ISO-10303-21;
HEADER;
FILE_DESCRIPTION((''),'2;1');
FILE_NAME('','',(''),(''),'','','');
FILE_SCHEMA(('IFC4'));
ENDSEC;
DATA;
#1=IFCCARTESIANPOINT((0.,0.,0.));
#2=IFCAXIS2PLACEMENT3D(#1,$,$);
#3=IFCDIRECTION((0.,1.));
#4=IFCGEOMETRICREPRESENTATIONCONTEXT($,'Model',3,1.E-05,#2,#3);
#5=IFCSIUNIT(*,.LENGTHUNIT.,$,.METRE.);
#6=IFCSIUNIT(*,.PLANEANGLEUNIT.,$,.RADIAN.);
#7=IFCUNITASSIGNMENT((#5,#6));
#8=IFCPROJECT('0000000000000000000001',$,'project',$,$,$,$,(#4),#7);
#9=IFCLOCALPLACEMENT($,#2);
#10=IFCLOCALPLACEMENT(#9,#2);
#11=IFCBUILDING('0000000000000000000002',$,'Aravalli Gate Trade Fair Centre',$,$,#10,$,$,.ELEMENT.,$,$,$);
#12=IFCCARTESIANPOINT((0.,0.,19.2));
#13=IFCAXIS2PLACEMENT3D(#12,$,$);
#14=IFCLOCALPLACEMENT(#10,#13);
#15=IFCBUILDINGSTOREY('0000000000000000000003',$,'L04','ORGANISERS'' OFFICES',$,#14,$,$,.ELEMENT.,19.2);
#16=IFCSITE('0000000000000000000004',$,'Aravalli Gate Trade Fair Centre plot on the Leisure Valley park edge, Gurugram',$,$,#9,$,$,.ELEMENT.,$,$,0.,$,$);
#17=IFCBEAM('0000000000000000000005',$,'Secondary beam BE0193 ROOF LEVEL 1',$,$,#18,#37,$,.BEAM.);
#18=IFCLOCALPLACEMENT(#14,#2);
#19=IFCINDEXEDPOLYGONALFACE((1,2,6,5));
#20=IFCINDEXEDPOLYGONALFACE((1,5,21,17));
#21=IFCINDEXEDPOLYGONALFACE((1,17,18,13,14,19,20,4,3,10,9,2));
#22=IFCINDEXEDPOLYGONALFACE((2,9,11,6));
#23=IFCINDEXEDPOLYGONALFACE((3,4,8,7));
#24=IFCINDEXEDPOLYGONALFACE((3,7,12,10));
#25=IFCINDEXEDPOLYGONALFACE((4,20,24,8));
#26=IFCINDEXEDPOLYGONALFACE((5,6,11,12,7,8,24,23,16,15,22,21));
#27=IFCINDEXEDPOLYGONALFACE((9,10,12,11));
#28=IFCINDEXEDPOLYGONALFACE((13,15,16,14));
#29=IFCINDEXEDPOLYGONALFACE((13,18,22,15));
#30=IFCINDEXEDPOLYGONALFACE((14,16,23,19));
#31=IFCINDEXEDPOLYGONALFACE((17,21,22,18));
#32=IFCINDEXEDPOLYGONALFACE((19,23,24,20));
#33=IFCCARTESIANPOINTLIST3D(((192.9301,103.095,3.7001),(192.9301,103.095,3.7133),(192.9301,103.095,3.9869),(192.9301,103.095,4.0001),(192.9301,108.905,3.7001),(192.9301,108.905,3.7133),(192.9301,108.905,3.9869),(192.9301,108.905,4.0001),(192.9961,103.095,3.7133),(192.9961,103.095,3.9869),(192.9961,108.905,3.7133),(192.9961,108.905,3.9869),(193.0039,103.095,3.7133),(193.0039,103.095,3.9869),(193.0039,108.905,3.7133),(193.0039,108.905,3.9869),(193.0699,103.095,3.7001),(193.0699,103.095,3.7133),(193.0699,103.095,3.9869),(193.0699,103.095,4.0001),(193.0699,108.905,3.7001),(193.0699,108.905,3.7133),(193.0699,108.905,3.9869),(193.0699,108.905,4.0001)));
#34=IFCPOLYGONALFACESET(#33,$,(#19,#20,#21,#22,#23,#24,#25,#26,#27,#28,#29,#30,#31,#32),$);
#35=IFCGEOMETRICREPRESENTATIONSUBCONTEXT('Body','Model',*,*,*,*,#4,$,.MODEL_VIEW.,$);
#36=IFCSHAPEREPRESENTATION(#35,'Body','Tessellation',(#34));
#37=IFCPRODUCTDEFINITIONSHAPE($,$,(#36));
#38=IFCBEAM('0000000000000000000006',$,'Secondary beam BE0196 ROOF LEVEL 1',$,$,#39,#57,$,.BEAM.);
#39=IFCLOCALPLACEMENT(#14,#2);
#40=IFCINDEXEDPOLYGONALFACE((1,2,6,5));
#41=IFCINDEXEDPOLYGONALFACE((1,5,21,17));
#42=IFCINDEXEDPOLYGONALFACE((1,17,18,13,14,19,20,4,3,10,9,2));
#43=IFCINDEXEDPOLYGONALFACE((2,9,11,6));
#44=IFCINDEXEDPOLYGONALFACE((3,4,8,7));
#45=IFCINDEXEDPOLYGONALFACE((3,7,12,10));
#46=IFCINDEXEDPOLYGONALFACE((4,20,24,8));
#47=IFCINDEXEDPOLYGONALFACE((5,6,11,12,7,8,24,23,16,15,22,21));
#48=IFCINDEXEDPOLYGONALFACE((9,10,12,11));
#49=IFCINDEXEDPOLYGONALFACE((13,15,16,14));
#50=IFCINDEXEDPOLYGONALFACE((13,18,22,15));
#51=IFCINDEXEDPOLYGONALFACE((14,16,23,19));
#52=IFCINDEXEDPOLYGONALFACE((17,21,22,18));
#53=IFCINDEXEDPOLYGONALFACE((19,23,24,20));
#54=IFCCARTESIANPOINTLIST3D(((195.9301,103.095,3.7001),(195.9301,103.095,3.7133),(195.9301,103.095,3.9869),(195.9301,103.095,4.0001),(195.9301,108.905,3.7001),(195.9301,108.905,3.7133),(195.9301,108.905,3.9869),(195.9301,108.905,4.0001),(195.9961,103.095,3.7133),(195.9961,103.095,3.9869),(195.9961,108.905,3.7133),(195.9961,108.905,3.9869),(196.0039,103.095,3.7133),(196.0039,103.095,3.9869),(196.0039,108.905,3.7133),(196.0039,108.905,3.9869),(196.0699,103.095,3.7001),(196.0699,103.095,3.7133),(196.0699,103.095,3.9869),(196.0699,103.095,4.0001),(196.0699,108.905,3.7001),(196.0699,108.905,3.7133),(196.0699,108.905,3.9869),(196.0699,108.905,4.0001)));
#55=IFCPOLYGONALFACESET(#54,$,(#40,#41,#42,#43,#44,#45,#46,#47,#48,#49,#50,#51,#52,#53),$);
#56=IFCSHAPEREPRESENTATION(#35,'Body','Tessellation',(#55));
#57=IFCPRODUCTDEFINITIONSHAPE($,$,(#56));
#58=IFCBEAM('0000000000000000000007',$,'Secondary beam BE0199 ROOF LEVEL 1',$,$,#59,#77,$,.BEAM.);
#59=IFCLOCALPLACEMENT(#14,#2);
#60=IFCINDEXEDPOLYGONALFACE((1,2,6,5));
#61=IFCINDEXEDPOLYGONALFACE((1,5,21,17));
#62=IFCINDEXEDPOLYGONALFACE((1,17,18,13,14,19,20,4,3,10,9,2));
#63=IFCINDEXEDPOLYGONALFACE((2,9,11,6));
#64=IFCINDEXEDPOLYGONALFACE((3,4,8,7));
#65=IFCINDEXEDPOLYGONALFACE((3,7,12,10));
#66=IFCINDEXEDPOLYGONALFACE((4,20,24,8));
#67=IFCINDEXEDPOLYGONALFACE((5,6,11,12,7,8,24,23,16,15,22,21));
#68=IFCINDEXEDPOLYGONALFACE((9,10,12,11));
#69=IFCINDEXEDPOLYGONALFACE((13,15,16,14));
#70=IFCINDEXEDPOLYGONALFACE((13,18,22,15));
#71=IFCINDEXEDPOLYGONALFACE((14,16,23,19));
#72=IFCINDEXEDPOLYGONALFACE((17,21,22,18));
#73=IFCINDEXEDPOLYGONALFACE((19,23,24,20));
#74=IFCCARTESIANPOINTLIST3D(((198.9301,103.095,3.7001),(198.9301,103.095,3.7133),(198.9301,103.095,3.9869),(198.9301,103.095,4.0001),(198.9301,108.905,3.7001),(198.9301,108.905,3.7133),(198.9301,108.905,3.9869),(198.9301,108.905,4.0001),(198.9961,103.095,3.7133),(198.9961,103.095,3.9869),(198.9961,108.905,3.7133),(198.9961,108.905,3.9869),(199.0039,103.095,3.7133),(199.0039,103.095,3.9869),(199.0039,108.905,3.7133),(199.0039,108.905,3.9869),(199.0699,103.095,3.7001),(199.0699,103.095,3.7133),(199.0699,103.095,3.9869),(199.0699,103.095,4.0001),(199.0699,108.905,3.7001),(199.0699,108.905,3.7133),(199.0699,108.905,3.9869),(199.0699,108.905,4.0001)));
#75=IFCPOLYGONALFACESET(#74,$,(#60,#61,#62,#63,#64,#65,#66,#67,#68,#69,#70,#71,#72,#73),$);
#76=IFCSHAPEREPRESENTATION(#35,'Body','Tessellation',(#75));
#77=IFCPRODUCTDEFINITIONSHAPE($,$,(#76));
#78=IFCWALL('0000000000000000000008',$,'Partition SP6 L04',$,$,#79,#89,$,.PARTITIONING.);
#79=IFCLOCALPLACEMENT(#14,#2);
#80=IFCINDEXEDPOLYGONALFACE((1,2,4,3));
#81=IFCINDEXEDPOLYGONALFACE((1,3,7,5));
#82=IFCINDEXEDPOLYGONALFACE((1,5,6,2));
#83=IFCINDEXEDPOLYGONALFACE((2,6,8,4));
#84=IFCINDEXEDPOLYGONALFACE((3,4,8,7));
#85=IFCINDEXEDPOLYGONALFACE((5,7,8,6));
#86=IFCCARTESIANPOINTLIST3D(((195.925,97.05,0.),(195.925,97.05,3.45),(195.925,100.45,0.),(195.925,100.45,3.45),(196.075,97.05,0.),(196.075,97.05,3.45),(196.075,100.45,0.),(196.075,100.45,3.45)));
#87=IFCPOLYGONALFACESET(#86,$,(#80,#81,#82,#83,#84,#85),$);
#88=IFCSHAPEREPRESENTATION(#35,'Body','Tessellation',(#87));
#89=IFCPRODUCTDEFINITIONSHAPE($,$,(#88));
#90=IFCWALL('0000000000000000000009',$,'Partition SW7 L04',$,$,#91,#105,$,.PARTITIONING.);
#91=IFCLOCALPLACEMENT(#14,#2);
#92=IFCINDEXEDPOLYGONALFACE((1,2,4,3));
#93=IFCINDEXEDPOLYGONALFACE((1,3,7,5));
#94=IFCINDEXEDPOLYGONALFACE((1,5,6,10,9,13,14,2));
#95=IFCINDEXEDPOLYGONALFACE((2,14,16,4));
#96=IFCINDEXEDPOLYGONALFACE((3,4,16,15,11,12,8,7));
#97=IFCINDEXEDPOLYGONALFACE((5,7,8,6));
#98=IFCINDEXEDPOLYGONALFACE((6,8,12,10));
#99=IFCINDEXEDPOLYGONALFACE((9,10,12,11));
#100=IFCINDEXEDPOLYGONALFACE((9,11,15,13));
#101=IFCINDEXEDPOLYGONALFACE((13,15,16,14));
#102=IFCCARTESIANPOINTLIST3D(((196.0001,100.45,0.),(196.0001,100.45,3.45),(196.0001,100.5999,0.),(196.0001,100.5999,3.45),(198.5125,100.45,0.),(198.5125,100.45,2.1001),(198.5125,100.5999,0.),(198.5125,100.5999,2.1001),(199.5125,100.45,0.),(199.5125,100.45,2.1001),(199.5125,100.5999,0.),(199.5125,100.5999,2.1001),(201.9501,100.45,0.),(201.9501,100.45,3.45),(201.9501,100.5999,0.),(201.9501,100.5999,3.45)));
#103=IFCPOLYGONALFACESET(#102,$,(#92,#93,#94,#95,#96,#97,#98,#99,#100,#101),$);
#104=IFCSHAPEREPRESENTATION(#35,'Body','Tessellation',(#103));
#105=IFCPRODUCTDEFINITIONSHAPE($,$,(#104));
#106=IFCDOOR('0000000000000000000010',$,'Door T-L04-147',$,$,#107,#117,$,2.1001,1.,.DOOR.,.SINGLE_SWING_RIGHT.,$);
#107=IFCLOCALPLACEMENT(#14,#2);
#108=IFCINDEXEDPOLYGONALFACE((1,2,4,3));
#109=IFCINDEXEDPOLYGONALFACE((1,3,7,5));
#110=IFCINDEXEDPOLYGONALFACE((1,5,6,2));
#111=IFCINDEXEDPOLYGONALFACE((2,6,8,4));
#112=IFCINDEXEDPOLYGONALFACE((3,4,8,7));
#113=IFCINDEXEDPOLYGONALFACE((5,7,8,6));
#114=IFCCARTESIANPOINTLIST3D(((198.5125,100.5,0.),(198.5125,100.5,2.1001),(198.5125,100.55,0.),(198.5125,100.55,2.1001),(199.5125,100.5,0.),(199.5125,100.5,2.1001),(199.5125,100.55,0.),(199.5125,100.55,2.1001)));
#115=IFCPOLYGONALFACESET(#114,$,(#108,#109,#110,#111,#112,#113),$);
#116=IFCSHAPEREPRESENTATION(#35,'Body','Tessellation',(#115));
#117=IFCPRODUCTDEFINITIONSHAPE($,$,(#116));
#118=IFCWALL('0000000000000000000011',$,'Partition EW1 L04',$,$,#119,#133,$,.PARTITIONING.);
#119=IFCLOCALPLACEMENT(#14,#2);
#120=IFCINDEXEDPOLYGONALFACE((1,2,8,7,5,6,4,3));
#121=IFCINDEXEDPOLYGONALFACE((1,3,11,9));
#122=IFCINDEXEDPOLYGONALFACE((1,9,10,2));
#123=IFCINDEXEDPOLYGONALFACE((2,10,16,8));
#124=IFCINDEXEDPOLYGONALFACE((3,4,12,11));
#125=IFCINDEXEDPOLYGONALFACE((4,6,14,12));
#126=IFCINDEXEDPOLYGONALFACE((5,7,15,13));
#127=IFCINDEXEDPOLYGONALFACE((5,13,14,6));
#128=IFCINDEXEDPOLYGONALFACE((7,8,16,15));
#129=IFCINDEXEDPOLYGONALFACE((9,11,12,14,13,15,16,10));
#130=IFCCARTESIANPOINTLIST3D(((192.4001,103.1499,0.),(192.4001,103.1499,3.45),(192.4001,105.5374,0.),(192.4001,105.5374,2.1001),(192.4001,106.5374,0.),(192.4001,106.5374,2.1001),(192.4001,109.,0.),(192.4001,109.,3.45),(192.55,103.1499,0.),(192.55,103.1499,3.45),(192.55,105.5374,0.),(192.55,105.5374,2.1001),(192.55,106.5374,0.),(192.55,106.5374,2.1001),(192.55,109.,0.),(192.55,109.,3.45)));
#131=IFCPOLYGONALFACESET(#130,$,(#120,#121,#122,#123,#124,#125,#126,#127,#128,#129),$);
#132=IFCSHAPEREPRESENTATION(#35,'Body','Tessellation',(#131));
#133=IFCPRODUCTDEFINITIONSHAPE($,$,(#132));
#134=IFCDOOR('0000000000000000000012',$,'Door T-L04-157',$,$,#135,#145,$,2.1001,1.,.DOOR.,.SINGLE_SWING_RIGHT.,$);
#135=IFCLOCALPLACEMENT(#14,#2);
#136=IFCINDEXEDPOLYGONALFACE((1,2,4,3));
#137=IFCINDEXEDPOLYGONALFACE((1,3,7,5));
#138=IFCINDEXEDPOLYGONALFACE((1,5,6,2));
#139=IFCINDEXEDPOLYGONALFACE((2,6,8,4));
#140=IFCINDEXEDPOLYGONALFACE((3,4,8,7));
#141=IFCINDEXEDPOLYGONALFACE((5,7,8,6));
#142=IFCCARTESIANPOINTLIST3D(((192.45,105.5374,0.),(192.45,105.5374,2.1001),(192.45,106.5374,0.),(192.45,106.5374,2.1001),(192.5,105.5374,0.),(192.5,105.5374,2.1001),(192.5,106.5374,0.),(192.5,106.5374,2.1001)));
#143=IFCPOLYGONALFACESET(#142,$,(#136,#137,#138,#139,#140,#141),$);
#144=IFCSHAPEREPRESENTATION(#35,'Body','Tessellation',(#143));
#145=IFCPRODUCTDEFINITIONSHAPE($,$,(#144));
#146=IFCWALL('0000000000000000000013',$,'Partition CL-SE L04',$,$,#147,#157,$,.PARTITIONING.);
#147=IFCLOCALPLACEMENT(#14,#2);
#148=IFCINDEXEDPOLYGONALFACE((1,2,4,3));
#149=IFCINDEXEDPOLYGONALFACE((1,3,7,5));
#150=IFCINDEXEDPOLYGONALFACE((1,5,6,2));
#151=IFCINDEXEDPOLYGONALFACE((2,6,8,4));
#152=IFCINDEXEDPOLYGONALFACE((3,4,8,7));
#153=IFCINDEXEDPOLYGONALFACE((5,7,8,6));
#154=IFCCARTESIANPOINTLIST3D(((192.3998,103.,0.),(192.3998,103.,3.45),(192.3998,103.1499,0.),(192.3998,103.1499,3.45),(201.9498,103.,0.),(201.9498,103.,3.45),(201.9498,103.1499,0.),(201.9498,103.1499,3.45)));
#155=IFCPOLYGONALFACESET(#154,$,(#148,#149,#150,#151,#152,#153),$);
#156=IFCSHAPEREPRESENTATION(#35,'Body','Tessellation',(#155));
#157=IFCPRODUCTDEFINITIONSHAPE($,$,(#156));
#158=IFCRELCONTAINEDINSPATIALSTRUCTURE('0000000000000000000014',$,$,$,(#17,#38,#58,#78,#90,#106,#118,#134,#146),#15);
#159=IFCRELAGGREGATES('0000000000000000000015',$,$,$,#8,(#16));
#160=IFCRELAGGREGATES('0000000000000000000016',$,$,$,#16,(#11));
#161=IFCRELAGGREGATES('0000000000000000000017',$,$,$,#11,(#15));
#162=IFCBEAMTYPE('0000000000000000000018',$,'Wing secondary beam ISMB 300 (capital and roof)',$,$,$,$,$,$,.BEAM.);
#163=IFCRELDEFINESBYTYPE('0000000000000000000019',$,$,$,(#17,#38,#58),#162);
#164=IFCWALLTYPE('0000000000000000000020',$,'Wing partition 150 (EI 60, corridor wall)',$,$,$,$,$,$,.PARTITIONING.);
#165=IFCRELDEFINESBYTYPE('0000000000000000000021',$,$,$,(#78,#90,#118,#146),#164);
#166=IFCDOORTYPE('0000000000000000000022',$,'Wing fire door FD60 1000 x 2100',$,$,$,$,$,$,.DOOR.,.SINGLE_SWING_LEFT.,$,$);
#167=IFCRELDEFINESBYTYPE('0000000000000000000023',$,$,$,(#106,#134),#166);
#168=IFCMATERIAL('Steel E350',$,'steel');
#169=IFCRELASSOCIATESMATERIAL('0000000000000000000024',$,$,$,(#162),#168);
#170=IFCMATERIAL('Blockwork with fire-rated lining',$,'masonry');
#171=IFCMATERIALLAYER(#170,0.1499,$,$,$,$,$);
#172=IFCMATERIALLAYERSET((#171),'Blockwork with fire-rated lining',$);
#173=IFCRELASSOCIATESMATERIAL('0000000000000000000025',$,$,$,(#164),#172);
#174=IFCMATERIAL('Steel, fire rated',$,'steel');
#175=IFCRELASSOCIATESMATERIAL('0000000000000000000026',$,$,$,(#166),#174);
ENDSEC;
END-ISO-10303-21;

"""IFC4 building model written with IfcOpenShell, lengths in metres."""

from ifc_helpers import new_model, si_unit, direction, frame, frame_2d, origin, origin_2d, place, context, subcontext, project, spatial, rectangle, i_section, extrude, material, layer, layer_set, material_profile, profile_set, type_object, element, fill, save


model = new_model("IFC4")

# Units and contexts
model_context = context("Model", 3, precision=1e-05, world=origin(), true_north=direction((0.0, 1.0)))
body_context = subcontext(model_context, "Body", "Model", "MODEL_VIEW")
ifc_project = project(units=[si_unit("LENGTHUNIT", "METRE"), si_unit("PLANEANGLEUNIT", "RADIAN")], contexts=[model_context])

# Site, building, storey
site_placement = place(None, origin())
site = spatial("IfcSite", under=ifc_project, at=site_placement, Name="Aravalli Gate Trade Fair Centre plot on the Leisure Valley park edge, Gurugram", CompositionType="ELEMENT", RefElevation=0.0)
building_placement = place(site_placement, origin())
building = spatial("IfcBuilding", under=site, at=building_placement, Name="Aravalli Gate Trade Fair Centre", CompositionType="ELEMENT")
storey_placement = place(building_placement, frame((0.0, 0.0, 19.2)))
storey = spatial("IfcBuildingStorey", under=building, at=storey_placement, Name="L04", Description="ORGANISERS' OFFICES", CompositionType="ELEMENT", Elevation=19.2)

# Shared definitions
ifc_material_1 = material(Name="Steel E350", Category="steel")

# Beams
ifc_material_profile_1 = material_profile(ifc_material_1, i_section(OverallWidth=0.1399, OverallDepth=0.3, WebThickness=0.0078, FlangeThickness=0.0132, at=origin_2d()), Name="ISMB 300")
ifc_profile_set_1 = profile_set([ifc_material_profile_1], Name="Steel E350")
beam_type_1 = type_object("IfcBeamType", Name="Wing secondary beam ISMB 300 (capital and roof)", PredefinedType="BEAM", material=ifc_profile_set_1)
for number, where, z_axis, x_axis, name in (
    (1, (193.0, 103.095, 3.8501), (0.0, 1.0, 0.0), (-1.0, 0.0, 0.0), "Secondary beam BE0193 ROOF LEVEL 1"),
    (2, (196.0, 103.095, 3.8501), (0.0, 1.0, 0.0), (-1.0, 0.0, 0.0), "Secondary beam BE0196 ROOF LEVEL 1"),
    (3, (199.0, 103.095, 3.8501), (0.0, 1.0, 0.0), (-1.0, 0.0, 0.0), "Secondary beam BE0199 ROOF LEVEL 1"),
):
    element("IfcBeam", number, at=place(storey_placement, frame(where, z_axis=z_axis, x_axis=x_axis)), inside=storey, type_object=beam_type_1, Name=name, PredefinedType="BEAM", context=body_context, shape_type="SweptSolid", body=[
        extrude(i_section(OverallWidth=0.1399, OverallDepth=0.3, WebThickness=0.0078, FlangeThickness=0.0132, at=origin_2d()), origin(), (0.0, 0.0, 1.0), 5.8101),
    ])

# Wall
ifc_material_2 = material(Name="Blockwork with fire-rated lining", Category="masonry")
ifc_layer_1 = layer(ifc_material_2, 0.1499)
ifc_layer_set_1 = layer_set([ifc_layer_1], Name="Blockwork with fire-rated lining")
wall_type_1 = type_object("IfcWallType", Name="Wing partition 150 (EI 60, corridor wall)", PredefinedType="PARTITIONING", material=ifc_layer_set_1)
wall_1_placement = place(storey_placement, frame((196.0, 97.05, 0.0), z_axis=(0.0, 0.0, 1.0), x_axis=(0.0, 1.0, 0.0)))
element("IfcWall", 4, at=wall_1_placement, inside=storey, type_object=wall_type_1, Name="Partition SP6 L04", PredefinedType="PARTITIONING", context=body_context, shape_type="SweptSolid", body=[
    extrude(rectangle(XDim=3.3999, YDim=0.1499, at=frame_2d((1.7, 0.0))), origin(), (0.0, 0.0, 1.0), 3.45),
])

# Walls, openings, doors
wall_2_placement = place(storey_placement, frame((196.0, 100.5249, 0.0), z_axis=(0.0, 0.0, 1.0), x_axis=(1.0, 0.0, 0.0)))
wall_2 = element("IfcWall", 5, at=wall_2_placement, inside=storey, type_object=wall_type_1, Name="Partition SW7 L04", PredefinedType="PARTITIONING", context=body_context, shape_type="SweptSolid", body=[
    extrude(rectangle(XDim=5.95, YDim=0.1499, at=frame_2d((2.9751, 0.0))), origin(), (0.0, 0.0, 1.0), 3.45),
])
opening_1_placement = place(wall_2_placement, frame((2.5125, 0.0, 0.0)))
opening_1 = element("IfcOpeningElement", 6, at=opening_1_placement, cuts=wall_2, PredefinedType="OPENING", context=body_context, shape_type="SweptSolid", body=[
    extrude(rectangle(XDim=1.0, YDim=2.1001, at=frame_2d((0.5, 1.05))), frame((0.0, 0.085, 0.0), z_axis=(0.0, -1.0, 0.0), x_axis=(1.0, 0.0, 0.0)), (0.0, 0.0, 1.0), 0.1699),
])
ifc_material_3 = material(Name="Steel, fire rated", Category="steel")
door_type = type_object("IfcDoorType", Name="Wing fire door FD60 1000 x 2100", OperationType="SINGLE_SWING_LEFT", PredefinedType="DOOR", material=ifc_material_3)
door_1_placement = place(opening_1_placement, frame((1.0, 0.0, 0.0), z_axis=(0.0, 0.0, 1.0), x_axis=(-1.0, 0.0, 0.0)))
door_1 = element("IfcDoor", 7, at=door_1_placement, inside=storey, type_object=door_type, Name="Door T-L04-147", OperationType="SINGLE_SWING_RIGHT", OverallHeight=2.1001, OverallWidth=1.0, PredefinedType="DOOR", context=body_context, shape_type="SweptSolid", body=[
    extrude(rectangle(XDim=1.0, YDim=2.1001, at=frame_2d((0.5, 1.05))), frame((0.0, 0.0249, 0.0), z_axis=(0.0, -1.0, 0.0), x_axis=(1.0, 0.0, 0.0)), (0.0, 0.0, 1.0), 0.05),
])
fill(opening_1, door_1)
wall_3_placement = place(storey_placement, frame((192.4751, 103.1499, 0.0), z_axis=(0.0, 0.0, 1.0), x_axis=(0.0, 1.0, 0.0)))
wall_3 = element("IfcWall", 8, at=wall_3_placement, inside=storey, type_object=wall_type_1, Name="Partition EW1 L04", PredefinedType="PARTITIONING", context=body_context, shape_type="SweptSolid", body=[
    extrude(rectangle(XDim=5.8501, YDim=0.1499, at=frame_2d((2.925, 0.0))), origin(), (0.0, 0.0, 1.0), 3.45),
])
opening_2_placement = place(wall_3_placement, frame((2.3875, 0.0, 0.0)))
opening_2 = element("IfcOpeningElement", 9, at=opening_2_placement, cuts=wall_3, PredefinedType="OPENING", context=body_context, shape_type="SweptSolid", body=[
    extrude(rectangle(XDim=1.0, YDim=2.1001, at=frame_2d((0.5, 1.05))), frame((0.0, 0.085, 0.0), z_axis=(0.0, -1.0, 0.0), x_axis=(1.0, 0.0, 0.0)), (0.0, 0.0, 1.0), 0.1699),
])
door_2_placement = place(opening_2_placement, frame((1.0, 0.0, 0.0), z_axis=(0.0, 0.0, 1.0), x_axis=(-1.0, 0.0, 0.0)))
door_2 = element("IfcDoor", 10, at=door_2_placement, inside=storey, type_object=door_type, Name="Door T-L04-157", OperationType="SINGLE_SWING_RIGHT", OverallHeight=2.1001, OverallWidth=1.0, PredefinedType="DOOR", context=body_context, shape_type="SweptSolid", body=[
    extrude(rectangle(XDim=1.0, YDim=2.1001, at=frame_2d((0.5, 1.05))), frame((0.0, 0.0249, 0.0), z_axis=(0.0, -1.0, 0.0), x_axis=(1.0, 0.0, 0.0)), (0.0, 0.0, 1.0), 0.05),
])
fill(opening_2, door_2)

# Wall
wall_4_placement = place(storey_placement, frame((192.3999, 103.075, 0.0), z_axis=(0.0, 0.0, 1.0), x_axis=(1.0, 0.0, 0.0)))
element("IfcWall", 11, at=wall_4_placement, inside=storey, type_object=wall_type_1, Name="Partition CL-SE L04", PredefinedType="PARTITIONING", context=body_context, shape_type="SweptSolid", body=[
    extrude(rectangle(XDim=9.55, YDim=0.1499, at=frame_2d((4.7749, 0.0))), origin(), (0.0, 0.0, 1.0), 3.45),
])

save(model, "model.ifc")
